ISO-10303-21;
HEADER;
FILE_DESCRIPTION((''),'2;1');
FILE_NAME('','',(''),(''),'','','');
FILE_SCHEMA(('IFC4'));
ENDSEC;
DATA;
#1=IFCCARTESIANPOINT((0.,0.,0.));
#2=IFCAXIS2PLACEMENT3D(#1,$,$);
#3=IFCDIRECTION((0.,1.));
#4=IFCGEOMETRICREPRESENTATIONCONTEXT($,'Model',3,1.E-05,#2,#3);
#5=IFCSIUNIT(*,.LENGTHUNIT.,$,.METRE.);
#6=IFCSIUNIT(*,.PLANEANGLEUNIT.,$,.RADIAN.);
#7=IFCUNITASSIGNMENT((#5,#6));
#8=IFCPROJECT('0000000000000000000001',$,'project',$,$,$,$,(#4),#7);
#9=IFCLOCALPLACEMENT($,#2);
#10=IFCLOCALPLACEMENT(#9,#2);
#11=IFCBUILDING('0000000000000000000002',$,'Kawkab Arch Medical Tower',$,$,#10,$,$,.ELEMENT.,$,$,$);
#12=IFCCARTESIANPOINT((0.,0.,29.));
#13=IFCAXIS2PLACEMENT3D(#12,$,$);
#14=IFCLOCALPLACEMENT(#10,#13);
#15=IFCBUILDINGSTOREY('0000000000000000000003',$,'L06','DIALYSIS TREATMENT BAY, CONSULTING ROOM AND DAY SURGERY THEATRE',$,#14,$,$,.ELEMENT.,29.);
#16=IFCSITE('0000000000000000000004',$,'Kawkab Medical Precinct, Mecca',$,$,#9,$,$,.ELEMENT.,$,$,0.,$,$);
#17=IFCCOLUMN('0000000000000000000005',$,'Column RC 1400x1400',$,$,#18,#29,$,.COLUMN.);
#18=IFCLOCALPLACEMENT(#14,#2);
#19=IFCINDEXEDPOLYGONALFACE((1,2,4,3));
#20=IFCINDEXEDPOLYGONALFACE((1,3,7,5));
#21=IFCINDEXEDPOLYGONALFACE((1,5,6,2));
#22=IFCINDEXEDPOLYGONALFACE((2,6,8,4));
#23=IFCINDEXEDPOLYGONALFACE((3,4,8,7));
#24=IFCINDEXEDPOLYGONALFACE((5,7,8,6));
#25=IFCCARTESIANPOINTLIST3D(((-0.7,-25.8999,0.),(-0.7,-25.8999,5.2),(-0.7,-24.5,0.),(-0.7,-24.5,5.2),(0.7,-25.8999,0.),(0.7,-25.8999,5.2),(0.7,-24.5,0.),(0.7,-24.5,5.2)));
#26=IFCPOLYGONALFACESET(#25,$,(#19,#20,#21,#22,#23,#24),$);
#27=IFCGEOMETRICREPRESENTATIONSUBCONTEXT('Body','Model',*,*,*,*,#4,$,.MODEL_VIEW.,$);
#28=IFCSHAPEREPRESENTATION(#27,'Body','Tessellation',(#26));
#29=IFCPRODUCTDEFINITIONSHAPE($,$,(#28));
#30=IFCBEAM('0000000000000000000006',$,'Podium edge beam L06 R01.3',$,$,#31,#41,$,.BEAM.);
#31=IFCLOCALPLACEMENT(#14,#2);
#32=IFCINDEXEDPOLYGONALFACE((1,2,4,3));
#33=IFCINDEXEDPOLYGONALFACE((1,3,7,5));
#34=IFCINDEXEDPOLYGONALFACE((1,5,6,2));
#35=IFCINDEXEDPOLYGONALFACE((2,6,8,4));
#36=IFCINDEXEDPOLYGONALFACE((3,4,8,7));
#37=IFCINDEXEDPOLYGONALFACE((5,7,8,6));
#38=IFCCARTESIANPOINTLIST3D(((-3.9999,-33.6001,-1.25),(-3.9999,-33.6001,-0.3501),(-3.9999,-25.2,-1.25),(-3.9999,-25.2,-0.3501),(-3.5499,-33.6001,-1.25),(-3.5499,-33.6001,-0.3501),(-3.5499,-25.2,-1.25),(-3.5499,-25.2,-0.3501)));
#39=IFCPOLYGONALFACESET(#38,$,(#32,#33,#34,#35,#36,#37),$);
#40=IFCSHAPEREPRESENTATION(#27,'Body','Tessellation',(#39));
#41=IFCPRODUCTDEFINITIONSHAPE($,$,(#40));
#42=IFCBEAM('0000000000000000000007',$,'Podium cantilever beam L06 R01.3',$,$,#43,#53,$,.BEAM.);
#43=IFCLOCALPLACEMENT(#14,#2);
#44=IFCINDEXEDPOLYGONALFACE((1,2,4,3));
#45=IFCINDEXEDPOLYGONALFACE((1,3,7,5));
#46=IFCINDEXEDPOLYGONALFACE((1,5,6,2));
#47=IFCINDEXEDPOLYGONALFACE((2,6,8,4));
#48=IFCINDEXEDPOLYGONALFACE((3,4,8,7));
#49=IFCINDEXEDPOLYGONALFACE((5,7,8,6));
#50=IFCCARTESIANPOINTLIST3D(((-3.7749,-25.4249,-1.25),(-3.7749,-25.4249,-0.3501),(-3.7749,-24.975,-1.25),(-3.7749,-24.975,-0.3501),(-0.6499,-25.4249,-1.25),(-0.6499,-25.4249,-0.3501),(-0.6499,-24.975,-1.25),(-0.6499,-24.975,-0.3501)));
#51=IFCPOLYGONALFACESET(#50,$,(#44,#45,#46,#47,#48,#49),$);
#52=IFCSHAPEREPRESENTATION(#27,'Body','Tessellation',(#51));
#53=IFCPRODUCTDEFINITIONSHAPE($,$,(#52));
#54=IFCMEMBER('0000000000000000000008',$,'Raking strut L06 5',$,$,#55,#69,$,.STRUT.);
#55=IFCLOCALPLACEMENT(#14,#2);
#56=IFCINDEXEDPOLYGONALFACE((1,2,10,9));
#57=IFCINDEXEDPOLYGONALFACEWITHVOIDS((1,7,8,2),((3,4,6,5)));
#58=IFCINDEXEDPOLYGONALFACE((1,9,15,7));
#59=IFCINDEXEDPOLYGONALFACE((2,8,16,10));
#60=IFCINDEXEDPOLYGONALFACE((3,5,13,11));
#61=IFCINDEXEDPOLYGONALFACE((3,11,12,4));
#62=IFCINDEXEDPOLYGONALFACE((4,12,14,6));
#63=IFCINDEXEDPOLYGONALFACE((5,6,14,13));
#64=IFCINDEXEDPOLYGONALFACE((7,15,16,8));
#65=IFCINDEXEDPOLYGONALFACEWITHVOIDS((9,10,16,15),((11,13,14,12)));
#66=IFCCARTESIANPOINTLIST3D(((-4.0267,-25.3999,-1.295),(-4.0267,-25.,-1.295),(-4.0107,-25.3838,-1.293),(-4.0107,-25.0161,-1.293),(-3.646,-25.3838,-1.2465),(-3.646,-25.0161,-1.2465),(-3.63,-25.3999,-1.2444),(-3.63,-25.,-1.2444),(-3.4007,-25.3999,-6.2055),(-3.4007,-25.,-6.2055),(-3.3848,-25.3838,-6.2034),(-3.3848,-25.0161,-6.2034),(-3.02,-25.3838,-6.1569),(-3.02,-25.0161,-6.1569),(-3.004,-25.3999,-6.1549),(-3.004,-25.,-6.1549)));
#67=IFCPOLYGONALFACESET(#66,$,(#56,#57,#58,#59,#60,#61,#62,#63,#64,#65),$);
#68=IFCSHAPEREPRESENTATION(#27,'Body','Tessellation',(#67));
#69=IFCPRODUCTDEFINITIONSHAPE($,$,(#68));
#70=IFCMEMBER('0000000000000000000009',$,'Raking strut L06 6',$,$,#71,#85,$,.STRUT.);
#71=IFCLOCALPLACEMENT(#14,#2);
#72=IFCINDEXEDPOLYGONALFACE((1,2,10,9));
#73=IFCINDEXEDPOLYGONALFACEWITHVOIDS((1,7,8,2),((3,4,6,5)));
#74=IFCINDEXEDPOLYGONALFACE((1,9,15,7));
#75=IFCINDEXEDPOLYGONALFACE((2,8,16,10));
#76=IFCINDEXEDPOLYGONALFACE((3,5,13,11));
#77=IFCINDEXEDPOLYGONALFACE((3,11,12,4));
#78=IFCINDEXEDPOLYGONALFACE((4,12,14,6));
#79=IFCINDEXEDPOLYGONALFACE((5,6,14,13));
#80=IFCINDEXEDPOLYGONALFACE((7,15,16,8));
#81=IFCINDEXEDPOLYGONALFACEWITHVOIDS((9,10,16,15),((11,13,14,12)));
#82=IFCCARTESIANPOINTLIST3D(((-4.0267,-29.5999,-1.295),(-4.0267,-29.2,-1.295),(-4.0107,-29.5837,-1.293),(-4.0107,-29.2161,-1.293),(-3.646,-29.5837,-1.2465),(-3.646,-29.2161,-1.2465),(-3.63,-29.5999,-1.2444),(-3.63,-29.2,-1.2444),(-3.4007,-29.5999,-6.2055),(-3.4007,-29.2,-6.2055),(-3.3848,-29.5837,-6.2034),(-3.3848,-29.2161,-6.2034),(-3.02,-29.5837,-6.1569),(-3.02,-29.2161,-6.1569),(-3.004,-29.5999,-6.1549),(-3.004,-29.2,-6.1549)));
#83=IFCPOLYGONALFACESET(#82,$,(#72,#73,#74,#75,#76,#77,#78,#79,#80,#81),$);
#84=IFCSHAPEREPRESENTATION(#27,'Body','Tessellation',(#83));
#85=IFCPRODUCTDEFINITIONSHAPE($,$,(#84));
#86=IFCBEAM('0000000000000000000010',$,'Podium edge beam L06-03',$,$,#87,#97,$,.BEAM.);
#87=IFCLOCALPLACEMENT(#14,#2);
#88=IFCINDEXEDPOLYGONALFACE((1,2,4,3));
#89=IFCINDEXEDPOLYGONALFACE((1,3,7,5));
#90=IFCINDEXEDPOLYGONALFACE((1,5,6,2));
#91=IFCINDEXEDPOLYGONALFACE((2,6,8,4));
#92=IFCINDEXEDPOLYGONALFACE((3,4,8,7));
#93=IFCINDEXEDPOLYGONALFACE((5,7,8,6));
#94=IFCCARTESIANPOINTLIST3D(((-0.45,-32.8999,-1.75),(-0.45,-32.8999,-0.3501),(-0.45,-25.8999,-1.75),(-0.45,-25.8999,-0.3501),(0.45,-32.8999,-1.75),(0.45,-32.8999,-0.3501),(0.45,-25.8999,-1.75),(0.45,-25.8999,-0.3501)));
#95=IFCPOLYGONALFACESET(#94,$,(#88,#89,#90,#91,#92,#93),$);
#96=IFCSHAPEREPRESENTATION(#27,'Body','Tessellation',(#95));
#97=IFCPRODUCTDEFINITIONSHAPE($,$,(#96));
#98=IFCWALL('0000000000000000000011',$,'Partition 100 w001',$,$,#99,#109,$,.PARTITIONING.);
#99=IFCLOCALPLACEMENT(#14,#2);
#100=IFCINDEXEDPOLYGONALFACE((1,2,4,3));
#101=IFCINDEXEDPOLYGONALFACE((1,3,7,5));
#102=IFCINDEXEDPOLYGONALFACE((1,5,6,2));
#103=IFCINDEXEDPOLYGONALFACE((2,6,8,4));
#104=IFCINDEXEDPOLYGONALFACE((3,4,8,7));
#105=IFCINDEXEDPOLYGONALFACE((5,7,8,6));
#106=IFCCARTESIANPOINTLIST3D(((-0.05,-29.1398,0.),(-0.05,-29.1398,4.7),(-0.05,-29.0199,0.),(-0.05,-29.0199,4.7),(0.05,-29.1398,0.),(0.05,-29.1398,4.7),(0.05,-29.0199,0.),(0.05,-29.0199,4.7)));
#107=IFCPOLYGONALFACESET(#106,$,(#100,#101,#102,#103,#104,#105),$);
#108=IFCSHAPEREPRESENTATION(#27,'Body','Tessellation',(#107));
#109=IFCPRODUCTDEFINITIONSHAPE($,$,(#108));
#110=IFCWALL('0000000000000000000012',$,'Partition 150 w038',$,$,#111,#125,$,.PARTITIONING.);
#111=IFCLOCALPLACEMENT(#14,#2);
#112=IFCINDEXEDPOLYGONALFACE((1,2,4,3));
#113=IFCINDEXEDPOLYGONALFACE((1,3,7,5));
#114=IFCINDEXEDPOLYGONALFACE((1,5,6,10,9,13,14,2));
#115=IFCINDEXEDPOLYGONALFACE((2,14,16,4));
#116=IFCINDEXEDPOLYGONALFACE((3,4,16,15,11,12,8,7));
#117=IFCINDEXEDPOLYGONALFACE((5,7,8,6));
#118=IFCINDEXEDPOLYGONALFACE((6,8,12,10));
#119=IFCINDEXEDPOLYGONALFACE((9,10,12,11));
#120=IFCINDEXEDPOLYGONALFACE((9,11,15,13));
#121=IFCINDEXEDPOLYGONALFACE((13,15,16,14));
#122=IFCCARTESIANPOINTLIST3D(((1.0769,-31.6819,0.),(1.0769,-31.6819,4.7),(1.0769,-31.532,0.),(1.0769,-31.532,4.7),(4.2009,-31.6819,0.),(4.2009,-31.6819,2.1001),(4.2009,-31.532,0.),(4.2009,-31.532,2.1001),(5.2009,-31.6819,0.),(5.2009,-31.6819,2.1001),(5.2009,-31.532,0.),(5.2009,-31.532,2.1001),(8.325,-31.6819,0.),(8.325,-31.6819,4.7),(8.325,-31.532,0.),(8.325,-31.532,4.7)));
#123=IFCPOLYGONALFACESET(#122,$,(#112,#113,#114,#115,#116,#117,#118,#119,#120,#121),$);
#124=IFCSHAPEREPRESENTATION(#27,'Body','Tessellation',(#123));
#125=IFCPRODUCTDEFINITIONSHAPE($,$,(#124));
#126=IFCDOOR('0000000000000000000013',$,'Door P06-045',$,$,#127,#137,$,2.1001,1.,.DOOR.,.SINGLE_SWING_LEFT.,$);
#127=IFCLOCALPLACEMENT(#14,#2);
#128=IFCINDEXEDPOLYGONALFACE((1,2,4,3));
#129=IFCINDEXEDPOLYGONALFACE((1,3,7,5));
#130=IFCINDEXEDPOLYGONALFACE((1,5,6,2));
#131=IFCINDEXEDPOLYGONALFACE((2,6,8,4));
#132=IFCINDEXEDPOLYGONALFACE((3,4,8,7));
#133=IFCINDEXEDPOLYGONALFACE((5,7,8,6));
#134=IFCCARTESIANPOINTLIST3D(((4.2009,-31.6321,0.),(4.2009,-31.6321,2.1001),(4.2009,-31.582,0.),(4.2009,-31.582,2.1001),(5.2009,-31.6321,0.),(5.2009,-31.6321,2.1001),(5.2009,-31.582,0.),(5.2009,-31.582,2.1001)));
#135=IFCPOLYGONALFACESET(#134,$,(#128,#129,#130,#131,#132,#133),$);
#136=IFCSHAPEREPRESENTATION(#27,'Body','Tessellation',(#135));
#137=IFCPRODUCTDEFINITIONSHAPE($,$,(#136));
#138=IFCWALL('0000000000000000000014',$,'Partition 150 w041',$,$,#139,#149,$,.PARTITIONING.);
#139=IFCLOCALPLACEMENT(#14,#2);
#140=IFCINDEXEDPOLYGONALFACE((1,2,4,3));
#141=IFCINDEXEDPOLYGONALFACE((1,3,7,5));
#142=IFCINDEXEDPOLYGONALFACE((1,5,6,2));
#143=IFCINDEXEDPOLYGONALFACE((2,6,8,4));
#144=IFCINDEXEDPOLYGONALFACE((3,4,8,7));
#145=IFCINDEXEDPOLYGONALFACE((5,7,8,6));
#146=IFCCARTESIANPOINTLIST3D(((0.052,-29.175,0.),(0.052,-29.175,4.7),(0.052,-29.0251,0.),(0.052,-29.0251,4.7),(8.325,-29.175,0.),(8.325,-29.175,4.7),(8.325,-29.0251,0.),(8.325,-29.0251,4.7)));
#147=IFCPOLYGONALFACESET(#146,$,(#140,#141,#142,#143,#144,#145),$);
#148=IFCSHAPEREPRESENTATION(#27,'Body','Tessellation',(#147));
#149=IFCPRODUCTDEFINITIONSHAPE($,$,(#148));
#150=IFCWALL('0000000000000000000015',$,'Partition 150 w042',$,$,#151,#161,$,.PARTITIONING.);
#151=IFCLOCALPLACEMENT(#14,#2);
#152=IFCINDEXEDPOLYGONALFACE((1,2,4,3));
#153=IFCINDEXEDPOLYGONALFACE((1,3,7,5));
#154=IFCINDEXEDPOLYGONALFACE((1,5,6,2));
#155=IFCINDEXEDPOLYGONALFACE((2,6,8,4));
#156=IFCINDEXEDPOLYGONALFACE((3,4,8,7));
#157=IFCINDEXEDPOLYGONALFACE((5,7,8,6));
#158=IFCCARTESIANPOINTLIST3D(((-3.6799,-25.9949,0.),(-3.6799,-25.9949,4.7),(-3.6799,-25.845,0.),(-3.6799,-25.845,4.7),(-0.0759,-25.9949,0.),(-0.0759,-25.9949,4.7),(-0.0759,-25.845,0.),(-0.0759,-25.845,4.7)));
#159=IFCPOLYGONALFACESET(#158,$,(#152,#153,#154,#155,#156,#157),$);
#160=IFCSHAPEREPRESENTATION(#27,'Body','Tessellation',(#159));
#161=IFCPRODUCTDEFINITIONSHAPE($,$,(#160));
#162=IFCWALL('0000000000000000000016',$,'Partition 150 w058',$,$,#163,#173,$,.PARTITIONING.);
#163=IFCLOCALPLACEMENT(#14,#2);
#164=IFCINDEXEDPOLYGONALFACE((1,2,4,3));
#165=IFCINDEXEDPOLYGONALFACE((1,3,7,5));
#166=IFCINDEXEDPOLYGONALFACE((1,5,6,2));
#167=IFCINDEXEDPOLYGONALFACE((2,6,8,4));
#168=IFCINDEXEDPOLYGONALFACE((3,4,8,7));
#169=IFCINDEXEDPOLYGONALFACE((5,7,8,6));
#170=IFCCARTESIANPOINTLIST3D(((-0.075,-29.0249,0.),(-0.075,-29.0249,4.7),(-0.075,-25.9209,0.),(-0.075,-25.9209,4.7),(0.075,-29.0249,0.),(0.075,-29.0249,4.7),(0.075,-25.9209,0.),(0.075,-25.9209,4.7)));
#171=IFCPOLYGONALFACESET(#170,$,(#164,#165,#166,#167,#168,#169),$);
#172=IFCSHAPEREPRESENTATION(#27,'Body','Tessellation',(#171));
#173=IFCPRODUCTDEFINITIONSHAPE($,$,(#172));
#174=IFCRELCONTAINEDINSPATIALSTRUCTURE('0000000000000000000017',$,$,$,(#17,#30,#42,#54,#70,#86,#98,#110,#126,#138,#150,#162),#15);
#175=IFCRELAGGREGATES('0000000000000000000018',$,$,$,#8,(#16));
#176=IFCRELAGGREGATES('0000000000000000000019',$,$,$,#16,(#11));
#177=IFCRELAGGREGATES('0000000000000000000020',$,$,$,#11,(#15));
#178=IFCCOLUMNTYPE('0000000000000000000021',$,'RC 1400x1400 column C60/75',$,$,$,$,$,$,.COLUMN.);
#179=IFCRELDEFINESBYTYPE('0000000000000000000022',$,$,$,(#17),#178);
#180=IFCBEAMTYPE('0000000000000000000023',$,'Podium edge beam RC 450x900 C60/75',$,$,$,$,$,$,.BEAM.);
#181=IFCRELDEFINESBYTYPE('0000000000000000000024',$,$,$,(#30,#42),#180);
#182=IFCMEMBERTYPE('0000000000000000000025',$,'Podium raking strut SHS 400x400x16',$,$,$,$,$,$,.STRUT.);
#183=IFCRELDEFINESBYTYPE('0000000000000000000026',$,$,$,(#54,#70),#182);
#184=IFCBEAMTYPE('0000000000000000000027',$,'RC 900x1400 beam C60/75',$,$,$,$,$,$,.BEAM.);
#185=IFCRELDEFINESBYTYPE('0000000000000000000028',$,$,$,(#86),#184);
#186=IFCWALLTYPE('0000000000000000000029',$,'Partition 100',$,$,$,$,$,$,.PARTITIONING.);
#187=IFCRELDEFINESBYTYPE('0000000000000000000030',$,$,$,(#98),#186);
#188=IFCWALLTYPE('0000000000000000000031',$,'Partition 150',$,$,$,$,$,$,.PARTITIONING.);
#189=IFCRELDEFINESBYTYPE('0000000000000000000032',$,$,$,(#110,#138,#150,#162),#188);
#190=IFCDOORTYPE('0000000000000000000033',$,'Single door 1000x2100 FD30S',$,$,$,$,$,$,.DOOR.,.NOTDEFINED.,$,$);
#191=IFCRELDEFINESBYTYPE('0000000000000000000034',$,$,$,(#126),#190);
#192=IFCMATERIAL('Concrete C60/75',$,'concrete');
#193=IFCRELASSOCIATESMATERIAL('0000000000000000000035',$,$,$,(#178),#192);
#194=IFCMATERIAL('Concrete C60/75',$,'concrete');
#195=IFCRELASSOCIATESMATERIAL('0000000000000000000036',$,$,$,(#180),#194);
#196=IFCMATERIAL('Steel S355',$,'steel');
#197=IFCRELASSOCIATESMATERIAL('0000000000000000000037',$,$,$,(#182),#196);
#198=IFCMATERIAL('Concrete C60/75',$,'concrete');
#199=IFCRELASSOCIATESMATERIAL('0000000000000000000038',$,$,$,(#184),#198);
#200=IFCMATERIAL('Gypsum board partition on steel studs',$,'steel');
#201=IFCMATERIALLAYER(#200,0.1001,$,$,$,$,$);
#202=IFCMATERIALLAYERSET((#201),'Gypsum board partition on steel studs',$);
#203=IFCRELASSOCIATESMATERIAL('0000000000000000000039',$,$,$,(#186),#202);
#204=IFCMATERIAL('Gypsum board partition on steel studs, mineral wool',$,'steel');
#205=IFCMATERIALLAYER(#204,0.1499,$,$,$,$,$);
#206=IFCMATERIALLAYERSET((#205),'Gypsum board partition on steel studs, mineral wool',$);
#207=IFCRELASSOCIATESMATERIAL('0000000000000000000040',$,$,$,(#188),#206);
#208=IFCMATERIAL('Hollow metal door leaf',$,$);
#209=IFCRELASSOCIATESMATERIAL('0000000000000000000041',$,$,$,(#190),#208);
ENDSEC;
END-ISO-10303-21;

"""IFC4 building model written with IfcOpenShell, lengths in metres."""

from ifc_helpers import new_model, si_unit, direction, frame, frame_2d, origin, origin_2d, place, context, subcontext, project, spatial, rectangle, hollow_rectangle, extrude, material, layer, layer_set, material_profile, profile_set, type_object, element, fill, save


model = new_model("IFC4")

# Units and contexts
model_context = context("Model", 3, precision=1e-05, world=origin(), true_north=direction((0.0, 1.0)))
body_context = subcontext(model_context, "Body", "Model", "MODEL_VIEW")
ifc_project = project(units=[si_unit("LENGTHUNIT", "METRE"), si_unit("PLANEANGLEUNIT", "RADIAN")], contexts=[model_context])

# Site, building, storey
site_placement = place(None, origin())
site = spatial("IfcSite", under=ifc_project, at=site_placement, Name="Kawkab Medical Precinct, Mecca", CompositionType="ELEMENT", RefElevation=0.0)
building_placement = place(site_placement, origin())
building = spatial("IfcBuilding", under=site, at=building_placement, Name="Kawkab Arch Medical Tower", CompositionType="ELEMENT")
storey_placement = place(building_placement, frame((0.0, 0.0, 29.0)))
storey = spatial("IfcBuildingStorey", under=building, at=storey_placement, Name="L06", Description="DIALYSIS TREATMENT BAY, CONSULTING ROOM AND DAY SURGERY THEATRE", CompositionType="ELEMENT", Elevation=29.0)

# Column
ifc_material_1 = material(Name="Concrete C60/75", Category="concrete")
ifc_material_profile_1 = material_profile(ifc_material_1, rectangle(XDim=1.3999, YDim=1.3999, at=origin_2d()), Name="RC 1400x1400")
ifc_profile_set_1 = profile_set([ifc_material_profile_1], Name="Concrete C60/75")
column_type = type_object("IfcColumnType", Name="RC 1400x1400 column C60/75", PredefinedType="COLUMN", material=ifc_profile_set_1)
column_placement = place(storey_placement, frame((0.0, -25.2, 0.0), z_axis=(0.0, 0.0, 1.0), x_axis=(1.0, 0.0, 0.0)))
element("IfcColumn", 1, at=column_placement, inside=storey, type_object=column_type, Name="Column RC 1400x1400", PredefinedType="COLUMN", context=body_context, shape_type="SweptSolid", body=[
    extrude(rectangle(XDim=1.3999, YDim=1.3999, at=origin_2d()), origin(), (0.0, 0.0, 1.0), 5.2),
])

# Beams
ifc_material_2 = material(Name="Concrete C60/75", Category="concrete")
ifc_material_profile_2 = material_profile(ifc_material_2, rectangle(XDim=0.45, YDim=0.8999, at=origin_2d()), Name="RC 450x900")
ifc_profile_set_2 = profile_set([ifc_material_profile_2], Name="Concrete C60/75")
beam_type_1 = type_object("IfcBeamType", Name="Podium edge beam RC 450x900 C60/75", PredefinedType="BEAM", material=ifc_profile_set_2)
beam_1_placement = place(storey_placement, frame((-3.7749, -25.2, -0.8), z_axis=(0.0, -1.0, 0.0), x_axis=(1.0, 0.0, 0.0)))
element("IfcBeam", 2, at=beam_1_placement, inside=storey, type_object=beam_type_1, Name="Podium edge beam L06 R01.3", PredefinedType="BEAM", context=body_context, shape_type="SweptSolid", body=[
    extrude(rectangle(XDim=0.45, YDim=0.8999, at=origin_2d()), origin(), (0.0, 0.0, 1.0), 8.4001),
])
beam_2_placement = place(storey_placement, frame((-0.6499, -25.2, -0.8), z_axis=(-1.0, 0.0, 0.0), x_axis=(0.0, -1.0, 0.0)))
element("IfcBeam", 3, at=beam_2_placement, inside=storey, type_object=beam_type_1, Name="Podium cantilever beam L06 R01.3", PredefinedType="BEAM", context=body_context, shape_type="SweptSolid", body=[
    extrude(rectangle(XDim=0.45, YDim=0.8999, at=origin_2d()), origin(), (0.0, 0.0, 1.0), 3.125),
])

# Members
ifc_material_3 = material(Name="Steel S355", Category="steel")
ifc_material_profile_3 = material_profile(ifc_material_3, hollow_rectangle(XDim=0.3999, YDim=0.3999, WallThickness=0.0161, at=origin_2d()), Name="SHS 400x400x16")
ifc_profile_set_3 = profile_set([ifc_material_profile_3], Name="Steel S355")
member_type = type_object("IfcMemberType", Name="Podium raking strut SHS 400x400x16", PredefinedType="STRUT", material=ifc_profile_set_3)
for number, where, z_axis, x_axis, name in (
    (4, (-3.2024, -25.2, -6.1802), (-0.126456, 0.0, 0.991972), (0.0, -1.0, 0.0), "Raking strut L06 5"),
    (5, (-3.2024, -29.3999, -6.1802), (-0.126456, 0.0, 0.991972), (0.0, -1.0, 0.0), "Raking strut L06 6"),
):
    element("IfcMember", number, at=place(storey_placement, frame(where, z_axis=z_axis, x_axis=x_axis)), inside=storey, type_object=member_type, Name=name, PredefinedType="STRUT", context=body_context, shape_type="SweptSolid", body=[
        extrude(hollow_rectangle(XDim=0.3999, YDim=0.3999, WallThickness=0.0161, at=origin_2d()), origin(), (0.0, 0.0, 1.0), 4.9502),
    ])

# Beam
ifc_material_4 = material(Name="Concrete C60/75", Category="concrete")
ifc_material_profile_4 = material_profile(ifc_material_4, rectangle(XDim=0.8999, YDim=1.3999, at=origin_2d()), Name="RC 900x1400")
ifc_profile_set_4 = profile_set([ifc_material_profile_4], Name="Concrete C60/75")
beam_type_2 = type_object("IfcBeamType", Name="RC 900x1400 beam C60/75", PredefinedType="BEAM", material=ifc_profile_set_4)
beam_3_placement = place(storey_placement, frame((0.0, -25.8999, -1.05), z_axis=(0.0, -1.0, 0.0), x_axis=(1.0, 0.0, 0.0)))
element("IfcBeam", 6, at=beam_3_placement, inside=storey, type_object=beam_type_2, Name="Podium edge beam L06-03", PredefinedType="BEAM", context=body_context, shape_type="SweptSolid", body=[
    extrude(rectangle(XDim=0.8999, YDim=1.3999, at=origin_2d()), origin(), (0.0, 0.0, 1.0), 7.0),
])

# Wall
ifc_material_5 = material(Name="Gypsum board partition on steel studs", Category="steel")
ifc_layer_1 = layer(ifc_material_5, 0.1001)
ifc_layer_set_1 = layer_set([ifc_layer_1], Name="Gypsum board partition on steel studs")
wall_type_1 = type_object("IfcWallType", Name="Partition 100", PredefinedType="PARTITIONING", material=ifc_layer_set_1)
wall_1_placement = place(storey_placement, frame((0.0, -29.1399, 0.0), z_axis=(0.0, 0.0, 1.0), x_axis=(0.0, 1.0, 0.0)))
element("IfcWall", 7, at=wall_1_placement, inside=storey, type_object=wall_type_1, Name="Partition 100 w001", PredefinedType="PARTITIONING", context=body_context, shape_type="SweptSolid", body=[
    extrude(rectangle(XDim=0.1199, YDim=0.1001, at=frame_2d((0.0601, 0.0))), origin(), (0.0, 0.0, 1.0), 4.7),
])

# Wall, opening, door
ifc_material_6 = material(Name="Gypsum board partition on steel studs, mineral wool", Category="steel")
ifc_layer_2 = layer(ifc_material_6, 0.1499)
ifc_layer_set_2 = layer_set([ifc_layer_2], Name="Gypsum board partition on steel studs, mineral wool")
wall_type_2 = type_object("IfcWallType", Name="Partition 150", PredefinedType="PARTITIONING", material=ifc_layer_set_2)
wall_2_placement = place(storey_placement, frame((1.0769, -31.6069, 0.0), z_axis=(0.0, 0.0, 1.0), x_axis=(1.0, 0.0, 0.0)))
wall_2 = element("IfcWall", 8, at=wall_2_placement, inside=storey, type_object=wall_type_2, Name="Partition 150 w038", PredefinedType="PARTITIONING", context=body_context, shape_type="SweptSolid", body=[
    extrude(rectangle(XDim=7.248, YDim=0.1499, at=frame_2d((3.624, 0.0))), origin(), (0.0, 0.0, 1.0), 4.7),
])
opening_placement = place(wall_2_placement, frame((3.124, 0.0, 0.0)))
opening = element("IfcOpeningElement", 9, at=opening_placement, cuts=wall_2, PredefinedType="OPENING", context=body_context, shape_type="SweptSolid", body=[
    extrude(rectangle(XDim=1.0, YDim=2.1001, at=frame_2d((0.5, 1.05))), frame((0.0, 0.085, 0.0), z_axis=(0.0, -1.0, 0.0), x_axis=(1.0, 0.0, 0.0)), (0.0, 0.0, 1.0), 0.1699),
])
ifc_material_7 = material(Name="Hollow metal door leaf")
door_type = type_object("IfcDoorType", Name="Single door 1000x2100 FD30S", OperationType="NOTDEFINED", PredefinedType="DOOR", material=ifc_material_7)
door_placement = place(opening_placement, origin())
door = element("IfcDoor", 10, at=door_placement, inside=storey, type_object=door_type, Name="Door P06-045", OperationType="SINGLE_SWING_LEFT", OverallHeight=2.1001, OverallWidth=1.0, PredefinedType="DOOR", context=body_context, shape_type="SweptSolid", body=[
    extrude(rectangle(XDim=1.0, YDim=2.1001, at=frame_2d((0.5, 1.05))), frame((0.0, 0.0249, 0.0), z_axis=(0.0, -1.0, 0.0), x_axis=(1.0, 0.0, 0.0)), (0.0, 0.0, 1.0), 0.05),
])
fill(opening, door)

# Walls
wall_3_placement = place(storey_placement, frame((0.052, -29.1001, 0.0), z_axis=(0.0, 0.0, 1.0), x_axis=(1.0, 0.0, 0.0)))
element("IfcWall", 11, at=wall_3_placement, inside=storey, type_object=wall_type_2, Name="Partition 150 w041", PredefinedType="PARTITIONING", context=body_context, shape_type="SweptSolid", body=[
    extrude(rectangle(XDim=8.2729, YDim=0.1499, at=frame_2d((4.1365, 0.0))), origin(), (0.0, 0.0, 1.0), 4.7),
])
wall_4_placement = place(storey_placement, frame((-3.6799, -25.9199, 0.0), z_axis=(0.0, 0.0, 1.0), x_axis=(1.0, 0.0, 0.0)))
element("IfcWall", 12, at=wall_4_placement, inside=storey, type_object=wall_type_2, Name="Partition 150 w042", PredefinedType="PARTITIONING", context=body_context, shape_type="SweptSolid", body=[
    extrude(rectangle(XDim=3.604, YDim=0.1499, at=frame_2d((1.802, 0.0))), origin(), (0.0, 0.0, 1.0), 4.7),
])
wall_5_placement = place(storey_placement, frame((0.0, -29.0249, 0.0), z_axis=(0.0, 0.0, 1.0), x_axis=(0.0, 1.0, 0.0)))
element("IfcWall", 13, at=wall_5_placement, inside=storey, type_object=wall_type_2, Name="Partition 150 w058", PredefinedType="PARTITIONING", context=body_context, shape_type="SweptSolid", body=[
    extrude(rectangle(XDim=3.104, YDim=0.1499, at=frame_2d((1.552, 0.0))), origin(), (0.0, 0.0, 1.0), 4.7),
])

save(model, "model.ifc")
